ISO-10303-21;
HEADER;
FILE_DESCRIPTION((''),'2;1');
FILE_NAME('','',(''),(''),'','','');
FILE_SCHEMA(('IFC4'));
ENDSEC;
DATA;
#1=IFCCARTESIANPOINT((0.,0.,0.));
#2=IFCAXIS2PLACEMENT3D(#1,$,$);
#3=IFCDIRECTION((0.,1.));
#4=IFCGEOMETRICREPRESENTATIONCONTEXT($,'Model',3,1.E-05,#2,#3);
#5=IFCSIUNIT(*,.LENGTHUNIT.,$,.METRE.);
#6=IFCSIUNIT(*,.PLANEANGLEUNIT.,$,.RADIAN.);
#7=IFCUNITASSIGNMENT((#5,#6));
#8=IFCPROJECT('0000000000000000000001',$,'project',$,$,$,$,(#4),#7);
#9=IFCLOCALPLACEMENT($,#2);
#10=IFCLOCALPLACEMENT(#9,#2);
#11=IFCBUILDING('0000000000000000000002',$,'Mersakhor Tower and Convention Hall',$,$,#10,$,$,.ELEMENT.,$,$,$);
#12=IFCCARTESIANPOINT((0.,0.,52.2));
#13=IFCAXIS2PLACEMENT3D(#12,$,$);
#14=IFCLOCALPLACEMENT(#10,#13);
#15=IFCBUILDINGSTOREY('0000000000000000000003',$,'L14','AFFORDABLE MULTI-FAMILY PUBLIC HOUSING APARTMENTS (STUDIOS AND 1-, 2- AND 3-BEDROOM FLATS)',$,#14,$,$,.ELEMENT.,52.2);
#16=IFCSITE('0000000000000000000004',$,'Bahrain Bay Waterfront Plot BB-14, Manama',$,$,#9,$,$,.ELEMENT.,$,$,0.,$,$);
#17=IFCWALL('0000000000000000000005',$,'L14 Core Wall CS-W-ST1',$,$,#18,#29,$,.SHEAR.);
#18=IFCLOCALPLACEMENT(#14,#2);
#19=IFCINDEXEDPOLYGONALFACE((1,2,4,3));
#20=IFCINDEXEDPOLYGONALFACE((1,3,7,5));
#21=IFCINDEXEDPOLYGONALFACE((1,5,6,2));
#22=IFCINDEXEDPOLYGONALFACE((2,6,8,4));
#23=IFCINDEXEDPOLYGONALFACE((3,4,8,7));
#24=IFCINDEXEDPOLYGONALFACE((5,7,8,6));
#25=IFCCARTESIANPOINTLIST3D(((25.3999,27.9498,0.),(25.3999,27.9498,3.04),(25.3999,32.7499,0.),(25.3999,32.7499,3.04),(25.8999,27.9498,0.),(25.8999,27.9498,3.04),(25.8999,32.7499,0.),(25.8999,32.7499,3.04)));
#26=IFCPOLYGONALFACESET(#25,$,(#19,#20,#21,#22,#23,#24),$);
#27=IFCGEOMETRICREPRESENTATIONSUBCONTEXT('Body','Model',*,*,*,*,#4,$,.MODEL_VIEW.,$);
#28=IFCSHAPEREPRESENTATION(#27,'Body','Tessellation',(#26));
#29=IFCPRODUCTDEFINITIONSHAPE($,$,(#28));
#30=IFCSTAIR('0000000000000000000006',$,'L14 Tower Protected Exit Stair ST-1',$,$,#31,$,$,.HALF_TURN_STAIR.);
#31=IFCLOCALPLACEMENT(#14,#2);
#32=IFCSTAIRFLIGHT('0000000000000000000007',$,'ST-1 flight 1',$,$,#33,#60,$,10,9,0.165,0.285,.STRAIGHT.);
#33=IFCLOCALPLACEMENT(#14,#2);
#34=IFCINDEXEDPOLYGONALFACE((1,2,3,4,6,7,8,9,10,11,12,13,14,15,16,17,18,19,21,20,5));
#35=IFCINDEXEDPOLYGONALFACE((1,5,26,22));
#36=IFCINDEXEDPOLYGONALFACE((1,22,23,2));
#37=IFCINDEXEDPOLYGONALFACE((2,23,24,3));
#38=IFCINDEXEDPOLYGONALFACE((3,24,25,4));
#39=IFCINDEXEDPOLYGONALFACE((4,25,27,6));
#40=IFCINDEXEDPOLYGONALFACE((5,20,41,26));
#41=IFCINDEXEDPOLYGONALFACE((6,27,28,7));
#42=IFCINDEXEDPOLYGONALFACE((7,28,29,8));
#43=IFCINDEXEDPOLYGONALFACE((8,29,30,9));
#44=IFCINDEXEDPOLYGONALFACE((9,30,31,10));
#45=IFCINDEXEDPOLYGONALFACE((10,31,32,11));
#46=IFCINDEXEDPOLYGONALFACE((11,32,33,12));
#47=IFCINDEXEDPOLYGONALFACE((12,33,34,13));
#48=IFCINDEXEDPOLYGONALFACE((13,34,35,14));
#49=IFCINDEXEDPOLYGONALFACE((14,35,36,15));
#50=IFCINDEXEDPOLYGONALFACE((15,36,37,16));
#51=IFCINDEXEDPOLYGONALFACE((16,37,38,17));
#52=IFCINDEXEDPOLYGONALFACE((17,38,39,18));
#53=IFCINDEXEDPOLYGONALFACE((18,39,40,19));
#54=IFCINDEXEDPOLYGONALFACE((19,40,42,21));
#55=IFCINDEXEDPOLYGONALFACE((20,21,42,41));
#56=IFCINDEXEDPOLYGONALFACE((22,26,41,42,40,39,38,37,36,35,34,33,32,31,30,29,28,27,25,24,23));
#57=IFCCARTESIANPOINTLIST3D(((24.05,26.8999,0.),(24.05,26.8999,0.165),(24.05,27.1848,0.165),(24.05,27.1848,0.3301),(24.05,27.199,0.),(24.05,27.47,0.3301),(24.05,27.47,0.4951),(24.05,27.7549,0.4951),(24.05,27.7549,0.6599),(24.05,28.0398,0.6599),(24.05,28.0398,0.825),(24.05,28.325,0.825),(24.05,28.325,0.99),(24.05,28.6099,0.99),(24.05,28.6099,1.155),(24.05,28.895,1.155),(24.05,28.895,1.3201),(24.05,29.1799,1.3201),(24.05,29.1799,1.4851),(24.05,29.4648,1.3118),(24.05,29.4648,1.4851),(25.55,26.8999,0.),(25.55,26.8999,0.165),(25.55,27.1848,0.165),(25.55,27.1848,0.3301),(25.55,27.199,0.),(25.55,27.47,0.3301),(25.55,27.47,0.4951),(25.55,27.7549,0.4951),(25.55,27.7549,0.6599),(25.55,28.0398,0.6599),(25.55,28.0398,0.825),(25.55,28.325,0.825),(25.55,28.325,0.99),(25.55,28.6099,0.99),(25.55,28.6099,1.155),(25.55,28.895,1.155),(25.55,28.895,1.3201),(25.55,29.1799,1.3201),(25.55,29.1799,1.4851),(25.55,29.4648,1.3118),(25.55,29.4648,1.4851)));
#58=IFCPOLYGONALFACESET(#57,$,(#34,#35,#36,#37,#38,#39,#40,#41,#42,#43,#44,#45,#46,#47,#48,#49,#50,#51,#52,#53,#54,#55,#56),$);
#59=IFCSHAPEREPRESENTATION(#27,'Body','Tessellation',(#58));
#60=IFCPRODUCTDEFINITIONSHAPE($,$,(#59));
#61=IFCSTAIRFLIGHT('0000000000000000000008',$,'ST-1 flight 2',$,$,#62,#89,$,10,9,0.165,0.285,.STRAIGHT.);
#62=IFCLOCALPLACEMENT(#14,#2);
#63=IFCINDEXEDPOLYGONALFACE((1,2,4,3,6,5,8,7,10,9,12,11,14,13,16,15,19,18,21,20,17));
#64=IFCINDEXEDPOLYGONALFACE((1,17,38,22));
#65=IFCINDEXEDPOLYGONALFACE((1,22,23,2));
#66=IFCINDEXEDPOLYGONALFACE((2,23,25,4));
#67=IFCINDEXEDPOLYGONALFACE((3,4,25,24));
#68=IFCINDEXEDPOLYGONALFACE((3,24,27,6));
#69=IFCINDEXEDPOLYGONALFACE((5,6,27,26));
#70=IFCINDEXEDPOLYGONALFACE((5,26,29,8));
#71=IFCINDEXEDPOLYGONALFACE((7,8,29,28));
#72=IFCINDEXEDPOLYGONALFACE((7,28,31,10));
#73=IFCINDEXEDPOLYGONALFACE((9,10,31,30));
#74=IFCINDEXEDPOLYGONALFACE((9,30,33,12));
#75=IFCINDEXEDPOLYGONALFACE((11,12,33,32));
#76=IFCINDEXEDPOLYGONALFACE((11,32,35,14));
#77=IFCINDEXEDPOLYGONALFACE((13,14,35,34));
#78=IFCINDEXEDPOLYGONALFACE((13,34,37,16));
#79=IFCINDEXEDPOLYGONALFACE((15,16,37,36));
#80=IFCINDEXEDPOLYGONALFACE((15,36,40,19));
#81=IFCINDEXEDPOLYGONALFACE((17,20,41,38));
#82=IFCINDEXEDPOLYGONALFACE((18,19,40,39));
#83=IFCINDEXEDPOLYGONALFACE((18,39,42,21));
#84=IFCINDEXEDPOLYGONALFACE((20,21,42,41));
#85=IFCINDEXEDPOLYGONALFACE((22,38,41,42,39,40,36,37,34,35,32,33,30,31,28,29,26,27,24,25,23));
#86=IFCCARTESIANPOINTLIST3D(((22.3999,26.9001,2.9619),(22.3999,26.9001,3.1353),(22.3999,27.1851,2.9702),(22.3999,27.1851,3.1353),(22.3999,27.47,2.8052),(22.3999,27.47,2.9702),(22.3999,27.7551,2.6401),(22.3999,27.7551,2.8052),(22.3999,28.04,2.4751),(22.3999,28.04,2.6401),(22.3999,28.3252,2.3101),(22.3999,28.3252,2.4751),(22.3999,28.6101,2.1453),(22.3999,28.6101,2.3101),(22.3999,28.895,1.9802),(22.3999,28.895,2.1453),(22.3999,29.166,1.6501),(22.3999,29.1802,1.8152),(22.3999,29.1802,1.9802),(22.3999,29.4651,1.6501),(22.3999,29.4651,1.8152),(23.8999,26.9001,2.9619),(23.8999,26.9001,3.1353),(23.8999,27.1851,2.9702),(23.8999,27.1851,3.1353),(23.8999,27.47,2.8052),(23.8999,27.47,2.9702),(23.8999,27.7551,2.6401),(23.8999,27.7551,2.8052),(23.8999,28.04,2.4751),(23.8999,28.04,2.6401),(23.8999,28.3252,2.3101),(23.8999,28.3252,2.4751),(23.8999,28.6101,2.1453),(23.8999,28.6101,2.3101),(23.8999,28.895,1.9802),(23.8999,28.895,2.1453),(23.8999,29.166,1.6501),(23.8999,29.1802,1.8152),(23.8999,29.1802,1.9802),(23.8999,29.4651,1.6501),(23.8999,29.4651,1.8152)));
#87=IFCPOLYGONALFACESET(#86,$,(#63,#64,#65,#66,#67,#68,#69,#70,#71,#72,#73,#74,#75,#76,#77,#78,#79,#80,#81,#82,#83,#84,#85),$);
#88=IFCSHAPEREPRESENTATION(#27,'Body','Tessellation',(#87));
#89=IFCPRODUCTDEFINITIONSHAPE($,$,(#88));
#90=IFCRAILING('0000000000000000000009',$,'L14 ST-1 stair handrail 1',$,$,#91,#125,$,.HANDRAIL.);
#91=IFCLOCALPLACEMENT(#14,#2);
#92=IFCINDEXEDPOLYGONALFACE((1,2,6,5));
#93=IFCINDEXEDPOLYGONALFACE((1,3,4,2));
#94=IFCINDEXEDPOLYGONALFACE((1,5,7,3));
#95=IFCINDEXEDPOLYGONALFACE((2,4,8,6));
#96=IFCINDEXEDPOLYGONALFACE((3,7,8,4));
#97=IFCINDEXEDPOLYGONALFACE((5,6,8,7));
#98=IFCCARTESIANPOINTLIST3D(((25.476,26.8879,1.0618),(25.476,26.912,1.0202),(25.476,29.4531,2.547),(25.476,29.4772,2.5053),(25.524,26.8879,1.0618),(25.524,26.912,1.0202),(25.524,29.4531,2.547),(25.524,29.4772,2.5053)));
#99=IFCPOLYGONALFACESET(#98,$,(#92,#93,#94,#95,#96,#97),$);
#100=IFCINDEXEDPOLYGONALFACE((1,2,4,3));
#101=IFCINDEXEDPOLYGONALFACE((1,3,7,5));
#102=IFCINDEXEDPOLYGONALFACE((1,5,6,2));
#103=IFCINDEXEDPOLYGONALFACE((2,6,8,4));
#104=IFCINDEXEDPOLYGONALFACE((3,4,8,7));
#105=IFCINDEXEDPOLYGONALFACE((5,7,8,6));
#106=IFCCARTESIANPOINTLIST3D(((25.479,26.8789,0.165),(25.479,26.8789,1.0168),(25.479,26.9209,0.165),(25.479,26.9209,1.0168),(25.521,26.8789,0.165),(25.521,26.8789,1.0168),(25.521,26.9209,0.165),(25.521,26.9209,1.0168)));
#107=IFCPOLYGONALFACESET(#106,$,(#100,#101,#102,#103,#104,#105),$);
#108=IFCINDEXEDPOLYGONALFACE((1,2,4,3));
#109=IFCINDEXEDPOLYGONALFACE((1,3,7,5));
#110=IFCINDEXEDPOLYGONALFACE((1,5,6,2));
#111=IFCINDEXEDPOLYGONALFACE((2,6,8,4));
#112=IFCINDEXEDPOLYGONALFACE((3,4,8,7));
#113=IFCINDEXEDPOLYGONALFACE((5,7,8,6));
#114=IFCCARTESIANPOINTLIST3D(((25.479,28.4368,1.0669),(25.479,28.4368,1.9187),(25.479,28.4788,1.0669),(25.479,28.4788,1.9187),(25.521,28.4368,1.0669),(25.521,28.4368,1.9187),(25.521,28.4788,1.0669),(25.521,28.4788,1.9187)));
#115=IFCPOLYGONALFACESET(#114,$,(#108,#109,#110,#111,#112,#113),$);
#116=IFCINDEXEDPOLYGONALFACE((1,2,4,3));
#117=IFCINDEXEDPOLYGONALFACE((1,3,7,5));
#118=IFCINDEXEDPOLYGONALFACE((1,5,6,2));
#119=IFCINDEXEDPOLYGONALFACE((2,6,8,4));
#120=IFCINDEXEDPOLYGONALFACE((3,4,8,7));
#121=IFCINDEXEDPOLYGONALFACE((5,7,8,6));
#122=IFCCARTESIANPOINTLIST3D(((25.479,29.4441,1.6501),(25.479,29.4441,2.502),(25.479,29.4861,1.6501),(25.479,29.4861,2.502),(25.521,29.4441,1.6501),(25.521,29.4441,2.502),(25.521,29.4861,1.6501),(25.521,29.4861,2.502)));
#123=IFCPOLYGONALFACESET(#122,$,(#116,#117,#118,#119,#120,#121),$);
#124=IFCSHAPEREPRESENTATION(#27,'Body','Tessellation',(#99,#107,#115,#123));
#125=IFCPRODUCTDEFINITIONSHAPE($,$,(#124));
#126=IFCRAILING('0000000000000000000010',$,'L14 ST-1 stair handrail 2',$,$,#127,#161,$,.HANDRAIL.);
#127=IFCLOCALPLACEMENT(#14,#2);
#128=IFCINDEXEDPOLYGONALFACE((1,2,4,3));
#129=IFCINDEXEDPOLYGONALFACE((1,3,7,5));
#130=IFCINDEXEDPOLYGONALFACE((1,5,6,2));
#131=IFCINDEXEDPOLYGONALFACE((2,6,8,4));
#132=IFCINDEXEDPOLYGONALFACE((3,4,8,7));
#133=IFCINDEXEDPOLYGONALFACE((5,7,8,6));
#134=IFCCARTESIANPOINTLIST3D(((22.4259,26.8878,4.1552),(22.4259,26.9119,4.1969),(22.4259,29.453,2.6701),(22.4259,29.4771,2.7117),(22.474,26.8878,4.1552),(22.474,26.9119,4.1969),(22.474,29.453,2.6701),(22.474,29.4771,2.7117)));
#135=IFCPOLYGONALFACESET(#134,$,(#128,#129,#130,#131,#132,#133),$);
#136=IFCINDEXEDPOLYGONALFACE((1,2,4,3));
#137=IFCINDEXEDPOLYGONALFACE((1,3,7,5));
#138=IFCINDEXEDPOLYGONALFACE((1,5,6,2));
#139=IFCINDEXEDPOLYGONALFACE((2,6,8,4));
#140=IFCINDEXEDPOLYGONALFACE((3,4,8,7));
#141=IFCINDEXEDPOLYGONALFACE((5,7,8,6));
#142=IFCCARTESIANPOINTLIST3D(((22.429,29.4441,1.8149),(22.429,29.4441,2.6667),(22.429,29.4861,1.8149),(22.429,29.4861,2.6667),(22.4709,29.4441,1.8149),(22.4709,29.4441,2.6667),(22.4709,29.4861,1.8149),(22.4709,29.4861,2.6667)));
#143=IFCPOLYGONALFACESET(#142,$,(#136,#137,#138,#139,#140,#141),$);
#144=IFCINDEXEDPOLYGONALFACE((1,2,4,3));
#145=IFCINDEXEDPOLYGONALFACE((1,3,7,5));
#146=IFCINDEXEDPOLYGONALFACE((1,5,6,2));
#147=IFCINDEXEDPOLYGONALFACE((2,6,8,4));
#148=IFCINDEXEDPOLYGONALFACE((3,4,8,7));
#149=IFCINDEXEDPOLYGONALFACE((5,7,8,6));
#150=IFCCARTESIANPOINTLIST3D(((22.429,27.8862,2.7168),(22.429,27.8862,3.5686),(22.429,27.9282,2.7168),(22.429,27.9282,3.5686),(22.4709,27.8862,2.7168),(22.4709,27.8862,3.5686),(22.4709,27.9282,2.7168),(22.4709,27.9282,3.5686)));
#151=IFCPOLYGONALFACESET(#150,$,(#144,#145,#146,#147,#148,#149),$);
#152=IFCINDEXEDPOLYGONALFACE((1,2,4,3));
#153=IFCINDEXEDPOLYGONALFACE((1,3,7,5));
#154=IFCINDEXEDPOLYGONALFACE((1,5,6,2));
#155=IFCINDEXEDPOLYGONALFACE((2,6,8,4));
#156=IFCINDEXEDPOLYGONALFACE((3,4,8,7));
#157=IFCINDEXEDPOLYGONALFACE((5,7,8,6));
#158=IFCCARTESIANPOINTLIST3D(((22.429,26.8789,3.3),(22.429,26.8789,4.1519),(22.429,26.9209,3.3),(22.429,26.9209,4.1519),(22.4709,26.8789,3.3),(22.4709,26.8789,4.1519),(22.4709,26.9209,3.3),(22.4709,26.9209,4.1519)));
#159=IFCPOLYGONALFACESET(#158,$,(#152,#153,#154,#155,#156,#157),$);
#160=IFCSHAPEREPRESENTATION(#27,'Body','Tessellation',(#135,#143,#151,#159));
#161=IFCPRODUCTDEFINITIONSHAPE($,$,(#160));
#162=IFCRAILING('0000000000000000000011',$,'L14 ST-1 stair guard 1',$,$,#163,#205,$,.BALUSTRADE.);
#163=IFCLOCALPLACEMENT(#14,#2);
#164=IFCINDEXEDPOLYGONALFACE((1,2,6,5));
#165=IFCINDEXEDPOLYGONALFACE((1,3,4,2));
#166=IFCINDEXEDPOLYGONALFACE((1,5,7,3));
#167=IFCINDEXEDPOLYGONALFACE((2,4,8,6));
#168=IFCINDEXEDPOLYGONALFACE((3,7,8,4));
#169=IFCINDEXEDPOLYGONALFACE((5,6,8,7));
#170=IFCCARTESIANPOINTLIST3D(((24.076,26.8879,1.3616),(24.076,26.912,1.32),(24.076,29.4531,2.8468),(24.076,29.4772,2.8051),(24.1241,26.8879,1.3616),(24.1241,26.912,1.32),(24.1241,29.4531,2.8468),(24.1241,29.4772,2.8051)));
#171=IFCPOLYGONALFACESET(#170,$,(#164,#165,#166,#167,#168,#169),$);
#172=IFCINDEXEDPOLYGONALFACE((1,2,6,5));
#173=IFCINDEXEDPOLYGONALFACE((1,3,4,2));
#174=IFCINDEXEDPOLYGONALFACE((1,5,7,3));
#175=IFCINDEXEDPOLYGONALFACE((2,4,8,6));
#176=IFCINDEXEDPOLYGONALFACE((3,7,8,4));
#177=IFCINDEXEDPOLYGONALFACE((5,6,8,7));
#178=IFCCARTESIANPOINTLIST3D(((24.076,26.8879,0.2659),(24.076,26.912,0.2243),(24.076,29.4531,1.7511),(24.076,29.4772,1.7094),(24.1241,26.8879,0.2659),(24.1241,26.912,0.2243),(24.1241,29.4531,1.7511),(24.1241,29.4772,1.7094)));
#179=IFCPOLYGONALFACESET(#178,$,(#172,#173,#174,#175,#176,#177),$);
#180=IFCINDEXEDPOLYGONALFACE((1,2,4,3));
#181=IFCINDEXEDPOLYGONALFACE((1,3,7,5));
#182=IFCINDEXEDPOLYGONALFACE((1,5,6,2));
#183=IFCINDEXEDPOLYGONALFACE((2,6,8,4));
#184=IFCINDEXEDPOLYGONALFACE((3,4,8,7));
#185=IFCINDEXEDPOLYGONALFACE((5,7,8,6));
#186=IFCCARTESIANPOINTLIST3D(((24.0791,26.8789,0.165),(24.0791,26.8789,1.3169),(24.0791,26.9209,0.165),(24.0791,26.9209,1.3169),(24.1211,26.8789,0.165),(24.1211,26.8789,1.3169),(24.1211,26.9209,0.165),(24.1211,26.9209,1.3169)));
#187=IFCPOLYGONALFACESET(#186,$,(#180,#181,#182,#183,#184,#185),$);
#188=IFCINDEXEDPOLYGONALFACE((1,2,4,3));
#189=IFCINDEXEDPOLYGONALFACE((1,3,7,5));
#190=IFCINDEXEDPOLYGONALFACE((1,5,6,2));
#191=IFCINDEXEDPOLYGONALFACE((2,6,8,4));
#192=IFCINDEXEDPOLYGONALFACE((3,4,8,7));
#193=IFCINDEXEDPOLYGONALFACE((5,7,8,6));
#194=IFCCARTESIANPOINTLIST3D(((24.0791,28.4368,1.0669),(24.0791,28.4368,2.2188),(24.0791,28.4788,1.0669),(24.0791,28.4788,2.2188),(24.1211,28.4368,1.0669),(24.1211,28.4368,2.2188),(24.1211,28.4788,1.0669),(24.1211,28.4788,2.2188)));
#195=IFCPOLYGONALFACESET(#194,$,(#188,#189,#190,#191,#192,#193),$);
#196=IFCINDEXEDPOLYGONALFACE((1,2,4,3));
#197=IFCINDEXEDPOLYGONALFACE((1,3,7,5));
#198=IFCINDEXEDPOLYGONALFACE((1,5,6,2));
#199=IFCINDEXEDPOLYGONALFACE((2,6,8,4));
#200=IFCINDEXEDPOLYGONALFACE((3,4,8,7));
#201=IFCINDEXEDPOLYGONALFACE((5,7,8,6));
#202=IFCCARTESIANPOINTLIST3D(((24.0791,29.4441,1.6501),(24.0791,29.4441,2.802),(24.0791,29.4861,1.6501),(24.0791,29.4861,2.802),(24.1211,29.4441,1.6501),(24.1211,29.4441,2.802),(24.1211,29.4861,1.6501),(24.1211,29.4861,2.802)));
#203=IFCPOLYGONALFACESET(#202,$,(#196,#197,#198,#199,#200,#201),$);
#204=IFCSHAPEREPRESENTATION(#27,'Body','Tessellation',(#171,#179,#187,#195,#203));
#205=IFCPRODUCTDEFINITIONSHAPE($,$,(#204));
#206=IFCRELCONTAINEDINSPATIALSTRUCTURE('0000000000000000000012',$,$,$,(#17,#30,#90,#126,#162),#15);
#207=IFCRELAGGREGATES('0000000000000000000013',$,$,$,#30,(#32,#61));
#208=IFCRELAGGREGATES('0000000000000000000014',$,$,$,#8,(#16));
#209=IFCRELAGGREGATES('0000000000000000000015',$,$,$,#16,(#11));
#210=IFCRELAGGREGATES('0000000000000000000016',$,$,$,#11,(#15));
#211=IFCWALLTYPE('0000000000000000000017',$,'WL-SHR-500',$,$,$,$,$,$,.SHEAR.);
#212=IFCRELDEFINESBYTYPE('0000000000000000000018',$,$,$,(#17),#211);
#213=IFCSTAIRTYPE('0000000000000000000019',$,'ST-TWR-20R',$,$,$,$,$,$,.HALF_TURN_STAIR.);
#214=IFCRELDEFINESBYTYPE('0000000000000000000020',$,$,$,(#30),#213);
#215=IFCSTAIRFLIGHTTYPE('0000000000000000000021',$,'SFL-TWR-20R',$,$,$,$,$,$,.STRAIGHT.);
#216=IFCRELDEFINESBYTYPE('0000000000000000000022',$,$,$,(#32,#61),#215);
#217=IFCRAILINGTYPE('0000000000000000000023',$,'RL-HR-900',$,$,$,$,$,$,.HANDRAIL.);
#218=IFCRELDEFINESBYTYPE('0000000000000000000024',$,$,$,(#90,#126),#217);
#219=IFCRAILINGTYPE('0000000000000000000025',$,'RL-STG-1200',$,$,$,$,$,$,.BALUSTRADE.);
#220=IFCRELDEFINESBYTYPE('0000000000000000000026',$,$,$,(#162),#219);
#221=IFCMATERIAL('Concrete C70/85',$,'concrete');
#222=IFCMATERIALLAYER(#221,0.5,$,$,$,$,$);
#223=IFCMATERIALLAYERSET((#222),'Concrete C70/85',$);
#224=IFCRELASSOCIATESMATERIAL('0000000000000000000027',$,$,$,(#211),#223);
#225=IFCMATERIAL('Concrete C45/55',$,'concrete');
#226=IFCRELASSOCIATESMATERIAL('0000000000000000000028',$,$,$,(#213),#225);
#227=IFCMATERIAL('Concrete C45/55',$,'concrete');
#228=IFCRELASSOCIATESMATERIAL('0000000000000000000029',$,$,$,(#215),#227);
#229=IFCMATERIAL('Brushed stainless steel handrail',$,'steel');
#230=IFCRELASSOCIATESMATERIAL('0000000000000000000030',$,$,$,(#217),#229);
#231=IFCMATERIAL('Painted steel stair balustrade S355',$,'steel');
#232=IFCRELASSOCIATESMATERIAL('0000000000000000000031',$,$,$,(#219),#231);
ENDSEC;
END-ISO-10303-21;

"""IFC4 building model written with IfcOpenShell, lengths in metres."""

from ifc_helpers import new_model, si_unit, direction, frame, frame_2d, origin, origin_2d, place, context, subcontext, project, spatial, polyline, rectangle, outline, extrude, material, layer, layer_set, type_object, element, aggregate, save


model = new_model("IFC4")

# Units and contexts
model_context = context("Model", 3, precision=1e-05, world=origin(), true_north=direction((0.0, 1.0)))
body_context = subcontext(model_context, "Body", "Model", "MODEL_VIEW")
ifc_project = project(units=[si_unit("LENGTHUNIT", "METRE"), si_unit("PLANEANGLEUNIT", "RADIAN")], contexts=[model_context])

# Site, building, storey
site_placement = place(None, origin())
site = spatial("IfcSite", under=ifc_project, at=site_placement, Name="Bahrain Bay Waterfront Plot BB-14, Manama", CompositionType="ELEMENT", RefElevation=0.0)
building_placement = place(site_placement, origin())
building = spatial("IfcBuilding", under=site, at=building_placement, Name="Mersakhor Tower and Convention Hall", CompositionType="ELEMENT")
storey_placement = place(building_placement, frame((0.0, 0.0, 52.2)))
storey = spatial("IfcBuildingStorey", under=building, at=storey_placement, Name="L14", Description="AFFORDABLE MULTI-FAMILY PUBLIC HOUSING APARTMENTS (STUDIOS AND 1-, 2- AND 3-BEDROOM FLATS)", CompositionType="ELEMENT", Elevation=52.2)

# Shared definitions
ifc_material_1 = material(Name="Concrete C70/85", Category="concrete")
ifc_layer_1 = layer(ifc_material_1, 0.5)
ifc_layer_set_1 = layer_set([ifc_layer_1], Name="Concrete C70/85")
wall_type_1 = type_object("IfcWallType", Name="WL-SHR-500", PredefinedType="SHEAR", material=ifc_layer_set_1)

# Wall
wall_1_placement = place(storey_placement, frame((25.6499, 27.95, 0.0), z_axis=(0.0, 0.0, 1.0), x_axis=(0.0, 1.0, 0.0)))
element("IfcWall", 1, at=wall_1_placement, inside=storey, type_object=wall_type_1, Name="L14 Core Wall CS-W-ST1", PredefinedType="SHEAR", context=body_context, shape_type="SweptSolid", body=[
    extrude(rectangle(XDim=4.8, YDim=0.5, at=frame_2d((2.3999, 0.0))), origin(), (0.0, 0.0, 1.0), 3.04),
])

# Stair, stair flights
ifc_material_2 = material(Name="Concrete C45/55", Category="concrete")
stair_type = type_object("IfcStairType", Name="ST-TWR-20R", PredefinedType="HALF_TURN_STAIR", material=ifc_material_2)
stair_placement = place(storey_placement, origin())
stair = element("IfcStair", 2, at=stair_placement, inside=storey, type_object=stair_type, Name="L14 Tower Protected Exit Stair ST-1", PredefinedType="HALF_TURN_STAIR")
ifc_material_3 = material(Name="Concrete C45/55", Category="concrete")
stair_flight_type = type_object("IfcStairFlightType", Name="SFL-TWR-20R", PredefinedType="STRAIGHT", material=ifc_material_3)
stair_flight_1_placement = place(storey_placement, frame((24.8, 26.8999, 0.0), z_axis=(0.0, 0.0, 1.0), x_axis=(0.0, 1.0, 0.0)))
stair_flight_1 = element("IfcStairFlight", 3, at=stair_flight_1_placement, type_object=stair_flight_type, Name="ST-1 flight 1", NumberOfRisers=10, NumberOfTreads=9, PredefinedType="STRAIGHT", RiserHeight=0.165, TreadLength=0.285, context=body_context, shape_type="SweptSolid", body=[
    extrude(outline(polyline([(0.0, 0.0), (0.0, 0.165), (0.2849, 0.165), (0.2849, 0.3301), (0.5701, 0.3301), (0.5701, 0.4951), (0.855, 0.4951), (0.855, 0.6599), (1.1399, 0.6599), (1.1399, 0.825), (1.425, 0.825), (1.425, 0.99), (1.71, 0.99), (1.71, 1.155), (1.9951, 1.155), (1.9951, 1.3201), (2.28, 1.3201), (2.28, 1.4851), (2.5649, 1.4851), (2.5649, 1.6499), (2.5649, 1.3118), (0.2991, 0.0), (0.0, 0.0)])), frame((0.0, 0.75, 0.0), z_axis=(0.0, -1.0, 0.0), x_axis=(1.0, 0.0, 0.0)), (0.0, 0.0, 1.0), 1.5),
])
stair_flight_2_placement = place(storey_placement, frame((23.1499, 29.4651, 1.6501), z_axis=(0.0, 0.0, 1.0), x_axis=(0.0, -1.0, 0.0)))
stair_flight_2 = element("IfcStairFlight", 4, at=stair_flight_2_placement, type_object=stair_flight_type, Name="ST-1 flight 2", NumberOfRisers=10, NumberOfTreads=9, PredefinedType="STRAIGHT", RiserHeight=0.165, TreadLength=0.285, context=body_context, shape_type="SweptSolid", body=[
    extrude(outline(polyline([(0.0, 0.0), (0.0, 0.165), (0.2849, 0.165), (0.2849, 0.3301), (0.5701, 0.3301), (0.5701, 0.4951), (0.855, 0.4951), (0.855, 0.6599), (1.1399, 0.6599), (1.1399, 0.825), (1.425, 0.825), (1.425, 0.99), (1.71, 0.99), (1.71, 1.155), (1.9951, 1.155), (1.9951, 1.3201), (2.28, 1.3201), (2.28, 1.4851), (2.5649, 1.4851), (2.5649, 1.6499), (2.5649, 1.3118), (0.2991, 0.0), (0.0, 0.0)])), frame((0.0, 0.75, 0.0), z_axis=(0.0, -1.0, 0.0), x_axis=(1.0, 0.0, 0.0)), (0.0, 0.0, 1.0), 1.5),
])
aggregate(stair, [stair_flight_1, stair_flight_2])

# Railings
ifc_material_4 = material(Name="Brushed stainless steel handrail", Category="steel")
railing_type_1 = type_object("IfcRailingType", Name="RL-HR-900", PredefinedType="HANDRAIL", material=ifc_material_4)
railing_1_placement = place(storey_placement, frame((25.5, 26.8999, 0.165)))
element("IfcRailing", 5, at=railing_1_placement, inside=storey, type_object=railing_type_1, Name="L14 ST-1 stair handrail 1", PredefinedType="HANDRAIL", context=body_context, shape_type="SweptSolid", body=[
    extrude(rectangle(XDim=0.0481, YDim=0.0481, at=origin_2d()), frame((0.0, 0.0, 0.876), z_axis=(0.0, 0.865426, 0.501036), x_axis=(-1.0, 0.0, 0.0)), (0.0, 0.0, 1.0), 2.9641),
    extrude(rectangle(XDim=0.042, YDim=0.042, at=origin_2d()), origin(), (0.0, 0.0, 1.0), 0.8518),
    extrude(rectangle(XDim=0.042, YDim=0.042, at=origin_2d()), frame((0.0, 1.5579, 0.9019)), (0.0, 0.0, 1.0), 0.8518),
    extrude(rectangle(XDim=0.042, YDim=0.042, at=origin_2d()), frame((0.0, 2.5652, 1.4851)), (0.0, 0.0, 1.0), 0.8518),
])
railing_2_placement = place(storey_placement, frame((22.45, 29.4651, 1.8149)))
element("IfcRailing", 6, at=railing_2_placement, inside=storey, type_object=railing_type_1, Name="L14 ST-1 stair handrail 2", PredefinedType="HANDRAIL", context=body_context, shape_type="SweptSolid", body=[
    extrude(rectangle(XDim=0.0481, YDim=0.0481, at=origin_2d()), frame((0.0, 0.0, 0.876), z_axis=(0.0, -0.865426, 0.501036), x_axis=(1.0, 0.0, 0.0)), (0.0, 0.0, 1.0), 2.9641),
    extrude(rectangle(XDim=0.042, YDim=0.042, at=origin_2d()), origin(), (0.0, 0.0, 1.0), 0.8518),
    extrude(rectangle(XDim=0.042, YDim=0.042, at=origin_2d()), frame((0.0, -1.5579, 0.9019)), (0.0, 0.0, 1.0), 0.8518),
    extrude(rectangle(XDim=0.042, YDim=0.042, at=origin_2d()), frame((0.0, -2.5652, 1.4851)), (0.0, 0.0, 1.0), 0.8518),
])
ifc_material_5 = material(Name="Painted steel stair balustrade S355", Category="steel")
railing_type_2 = type_object("IfcRailingType", Name="RL-STG-1200", PredefinedType="BALUSTRADE", material=ifc_material_5)
railing_3_placement = place(storey_placement, frame((24.1001, 26.8999, 0.165)))
element("IfcRailing", 7, at=railing_3_placement, inside=storey, type_object=railing_type_2, Name="L14 ST-1 stair guard 1", PredefinedType="BALUSTRADE", context=body_context, shape_type="SweptSolid", body=[
    extrude(rectangle(XDim=0.0481, YDim=0.0481, at=origin_2d()), frame((0.0, 0.0, 1.1758), z_axis=(0.0, 0.865426, 0.501036), x_axis=(-1.0, 0.0, 0.0)), (0.0, 0.0, 1.0), 2.9641),
    extrude(rectangle(XDim=0.0481, YDim=0.0481, at=origin_2d()), frame((0.0, 0.0, 0.0801), z_axis=(0.0, 0.865426, 0.501036), x_axis=(-1.0, 0.0, 0.0)), (0.0, 0.0, 1.0), 2.9641),
    extrude(rectangle(XDim=0.042, YDim=0.042, at=origin_2d()), origin(), (0.0, 0.0, 1.0), 1.1519),
    extrude(rectangle(XDim=0.042, YDim=0.042, at=origin_2d()), frame((0.0, 1.5579, 0.9019)), (0.0, 0.0, 1.0), 1.1519),
    extrude(rectangle(XDim=0.042, YDim=0.042, at=origin_2d()), frame((0.0, 2.5652, 1.4851)), (0.0, 0.0, 1.0), 1.1519),
])

save(model, "model.ifc")
